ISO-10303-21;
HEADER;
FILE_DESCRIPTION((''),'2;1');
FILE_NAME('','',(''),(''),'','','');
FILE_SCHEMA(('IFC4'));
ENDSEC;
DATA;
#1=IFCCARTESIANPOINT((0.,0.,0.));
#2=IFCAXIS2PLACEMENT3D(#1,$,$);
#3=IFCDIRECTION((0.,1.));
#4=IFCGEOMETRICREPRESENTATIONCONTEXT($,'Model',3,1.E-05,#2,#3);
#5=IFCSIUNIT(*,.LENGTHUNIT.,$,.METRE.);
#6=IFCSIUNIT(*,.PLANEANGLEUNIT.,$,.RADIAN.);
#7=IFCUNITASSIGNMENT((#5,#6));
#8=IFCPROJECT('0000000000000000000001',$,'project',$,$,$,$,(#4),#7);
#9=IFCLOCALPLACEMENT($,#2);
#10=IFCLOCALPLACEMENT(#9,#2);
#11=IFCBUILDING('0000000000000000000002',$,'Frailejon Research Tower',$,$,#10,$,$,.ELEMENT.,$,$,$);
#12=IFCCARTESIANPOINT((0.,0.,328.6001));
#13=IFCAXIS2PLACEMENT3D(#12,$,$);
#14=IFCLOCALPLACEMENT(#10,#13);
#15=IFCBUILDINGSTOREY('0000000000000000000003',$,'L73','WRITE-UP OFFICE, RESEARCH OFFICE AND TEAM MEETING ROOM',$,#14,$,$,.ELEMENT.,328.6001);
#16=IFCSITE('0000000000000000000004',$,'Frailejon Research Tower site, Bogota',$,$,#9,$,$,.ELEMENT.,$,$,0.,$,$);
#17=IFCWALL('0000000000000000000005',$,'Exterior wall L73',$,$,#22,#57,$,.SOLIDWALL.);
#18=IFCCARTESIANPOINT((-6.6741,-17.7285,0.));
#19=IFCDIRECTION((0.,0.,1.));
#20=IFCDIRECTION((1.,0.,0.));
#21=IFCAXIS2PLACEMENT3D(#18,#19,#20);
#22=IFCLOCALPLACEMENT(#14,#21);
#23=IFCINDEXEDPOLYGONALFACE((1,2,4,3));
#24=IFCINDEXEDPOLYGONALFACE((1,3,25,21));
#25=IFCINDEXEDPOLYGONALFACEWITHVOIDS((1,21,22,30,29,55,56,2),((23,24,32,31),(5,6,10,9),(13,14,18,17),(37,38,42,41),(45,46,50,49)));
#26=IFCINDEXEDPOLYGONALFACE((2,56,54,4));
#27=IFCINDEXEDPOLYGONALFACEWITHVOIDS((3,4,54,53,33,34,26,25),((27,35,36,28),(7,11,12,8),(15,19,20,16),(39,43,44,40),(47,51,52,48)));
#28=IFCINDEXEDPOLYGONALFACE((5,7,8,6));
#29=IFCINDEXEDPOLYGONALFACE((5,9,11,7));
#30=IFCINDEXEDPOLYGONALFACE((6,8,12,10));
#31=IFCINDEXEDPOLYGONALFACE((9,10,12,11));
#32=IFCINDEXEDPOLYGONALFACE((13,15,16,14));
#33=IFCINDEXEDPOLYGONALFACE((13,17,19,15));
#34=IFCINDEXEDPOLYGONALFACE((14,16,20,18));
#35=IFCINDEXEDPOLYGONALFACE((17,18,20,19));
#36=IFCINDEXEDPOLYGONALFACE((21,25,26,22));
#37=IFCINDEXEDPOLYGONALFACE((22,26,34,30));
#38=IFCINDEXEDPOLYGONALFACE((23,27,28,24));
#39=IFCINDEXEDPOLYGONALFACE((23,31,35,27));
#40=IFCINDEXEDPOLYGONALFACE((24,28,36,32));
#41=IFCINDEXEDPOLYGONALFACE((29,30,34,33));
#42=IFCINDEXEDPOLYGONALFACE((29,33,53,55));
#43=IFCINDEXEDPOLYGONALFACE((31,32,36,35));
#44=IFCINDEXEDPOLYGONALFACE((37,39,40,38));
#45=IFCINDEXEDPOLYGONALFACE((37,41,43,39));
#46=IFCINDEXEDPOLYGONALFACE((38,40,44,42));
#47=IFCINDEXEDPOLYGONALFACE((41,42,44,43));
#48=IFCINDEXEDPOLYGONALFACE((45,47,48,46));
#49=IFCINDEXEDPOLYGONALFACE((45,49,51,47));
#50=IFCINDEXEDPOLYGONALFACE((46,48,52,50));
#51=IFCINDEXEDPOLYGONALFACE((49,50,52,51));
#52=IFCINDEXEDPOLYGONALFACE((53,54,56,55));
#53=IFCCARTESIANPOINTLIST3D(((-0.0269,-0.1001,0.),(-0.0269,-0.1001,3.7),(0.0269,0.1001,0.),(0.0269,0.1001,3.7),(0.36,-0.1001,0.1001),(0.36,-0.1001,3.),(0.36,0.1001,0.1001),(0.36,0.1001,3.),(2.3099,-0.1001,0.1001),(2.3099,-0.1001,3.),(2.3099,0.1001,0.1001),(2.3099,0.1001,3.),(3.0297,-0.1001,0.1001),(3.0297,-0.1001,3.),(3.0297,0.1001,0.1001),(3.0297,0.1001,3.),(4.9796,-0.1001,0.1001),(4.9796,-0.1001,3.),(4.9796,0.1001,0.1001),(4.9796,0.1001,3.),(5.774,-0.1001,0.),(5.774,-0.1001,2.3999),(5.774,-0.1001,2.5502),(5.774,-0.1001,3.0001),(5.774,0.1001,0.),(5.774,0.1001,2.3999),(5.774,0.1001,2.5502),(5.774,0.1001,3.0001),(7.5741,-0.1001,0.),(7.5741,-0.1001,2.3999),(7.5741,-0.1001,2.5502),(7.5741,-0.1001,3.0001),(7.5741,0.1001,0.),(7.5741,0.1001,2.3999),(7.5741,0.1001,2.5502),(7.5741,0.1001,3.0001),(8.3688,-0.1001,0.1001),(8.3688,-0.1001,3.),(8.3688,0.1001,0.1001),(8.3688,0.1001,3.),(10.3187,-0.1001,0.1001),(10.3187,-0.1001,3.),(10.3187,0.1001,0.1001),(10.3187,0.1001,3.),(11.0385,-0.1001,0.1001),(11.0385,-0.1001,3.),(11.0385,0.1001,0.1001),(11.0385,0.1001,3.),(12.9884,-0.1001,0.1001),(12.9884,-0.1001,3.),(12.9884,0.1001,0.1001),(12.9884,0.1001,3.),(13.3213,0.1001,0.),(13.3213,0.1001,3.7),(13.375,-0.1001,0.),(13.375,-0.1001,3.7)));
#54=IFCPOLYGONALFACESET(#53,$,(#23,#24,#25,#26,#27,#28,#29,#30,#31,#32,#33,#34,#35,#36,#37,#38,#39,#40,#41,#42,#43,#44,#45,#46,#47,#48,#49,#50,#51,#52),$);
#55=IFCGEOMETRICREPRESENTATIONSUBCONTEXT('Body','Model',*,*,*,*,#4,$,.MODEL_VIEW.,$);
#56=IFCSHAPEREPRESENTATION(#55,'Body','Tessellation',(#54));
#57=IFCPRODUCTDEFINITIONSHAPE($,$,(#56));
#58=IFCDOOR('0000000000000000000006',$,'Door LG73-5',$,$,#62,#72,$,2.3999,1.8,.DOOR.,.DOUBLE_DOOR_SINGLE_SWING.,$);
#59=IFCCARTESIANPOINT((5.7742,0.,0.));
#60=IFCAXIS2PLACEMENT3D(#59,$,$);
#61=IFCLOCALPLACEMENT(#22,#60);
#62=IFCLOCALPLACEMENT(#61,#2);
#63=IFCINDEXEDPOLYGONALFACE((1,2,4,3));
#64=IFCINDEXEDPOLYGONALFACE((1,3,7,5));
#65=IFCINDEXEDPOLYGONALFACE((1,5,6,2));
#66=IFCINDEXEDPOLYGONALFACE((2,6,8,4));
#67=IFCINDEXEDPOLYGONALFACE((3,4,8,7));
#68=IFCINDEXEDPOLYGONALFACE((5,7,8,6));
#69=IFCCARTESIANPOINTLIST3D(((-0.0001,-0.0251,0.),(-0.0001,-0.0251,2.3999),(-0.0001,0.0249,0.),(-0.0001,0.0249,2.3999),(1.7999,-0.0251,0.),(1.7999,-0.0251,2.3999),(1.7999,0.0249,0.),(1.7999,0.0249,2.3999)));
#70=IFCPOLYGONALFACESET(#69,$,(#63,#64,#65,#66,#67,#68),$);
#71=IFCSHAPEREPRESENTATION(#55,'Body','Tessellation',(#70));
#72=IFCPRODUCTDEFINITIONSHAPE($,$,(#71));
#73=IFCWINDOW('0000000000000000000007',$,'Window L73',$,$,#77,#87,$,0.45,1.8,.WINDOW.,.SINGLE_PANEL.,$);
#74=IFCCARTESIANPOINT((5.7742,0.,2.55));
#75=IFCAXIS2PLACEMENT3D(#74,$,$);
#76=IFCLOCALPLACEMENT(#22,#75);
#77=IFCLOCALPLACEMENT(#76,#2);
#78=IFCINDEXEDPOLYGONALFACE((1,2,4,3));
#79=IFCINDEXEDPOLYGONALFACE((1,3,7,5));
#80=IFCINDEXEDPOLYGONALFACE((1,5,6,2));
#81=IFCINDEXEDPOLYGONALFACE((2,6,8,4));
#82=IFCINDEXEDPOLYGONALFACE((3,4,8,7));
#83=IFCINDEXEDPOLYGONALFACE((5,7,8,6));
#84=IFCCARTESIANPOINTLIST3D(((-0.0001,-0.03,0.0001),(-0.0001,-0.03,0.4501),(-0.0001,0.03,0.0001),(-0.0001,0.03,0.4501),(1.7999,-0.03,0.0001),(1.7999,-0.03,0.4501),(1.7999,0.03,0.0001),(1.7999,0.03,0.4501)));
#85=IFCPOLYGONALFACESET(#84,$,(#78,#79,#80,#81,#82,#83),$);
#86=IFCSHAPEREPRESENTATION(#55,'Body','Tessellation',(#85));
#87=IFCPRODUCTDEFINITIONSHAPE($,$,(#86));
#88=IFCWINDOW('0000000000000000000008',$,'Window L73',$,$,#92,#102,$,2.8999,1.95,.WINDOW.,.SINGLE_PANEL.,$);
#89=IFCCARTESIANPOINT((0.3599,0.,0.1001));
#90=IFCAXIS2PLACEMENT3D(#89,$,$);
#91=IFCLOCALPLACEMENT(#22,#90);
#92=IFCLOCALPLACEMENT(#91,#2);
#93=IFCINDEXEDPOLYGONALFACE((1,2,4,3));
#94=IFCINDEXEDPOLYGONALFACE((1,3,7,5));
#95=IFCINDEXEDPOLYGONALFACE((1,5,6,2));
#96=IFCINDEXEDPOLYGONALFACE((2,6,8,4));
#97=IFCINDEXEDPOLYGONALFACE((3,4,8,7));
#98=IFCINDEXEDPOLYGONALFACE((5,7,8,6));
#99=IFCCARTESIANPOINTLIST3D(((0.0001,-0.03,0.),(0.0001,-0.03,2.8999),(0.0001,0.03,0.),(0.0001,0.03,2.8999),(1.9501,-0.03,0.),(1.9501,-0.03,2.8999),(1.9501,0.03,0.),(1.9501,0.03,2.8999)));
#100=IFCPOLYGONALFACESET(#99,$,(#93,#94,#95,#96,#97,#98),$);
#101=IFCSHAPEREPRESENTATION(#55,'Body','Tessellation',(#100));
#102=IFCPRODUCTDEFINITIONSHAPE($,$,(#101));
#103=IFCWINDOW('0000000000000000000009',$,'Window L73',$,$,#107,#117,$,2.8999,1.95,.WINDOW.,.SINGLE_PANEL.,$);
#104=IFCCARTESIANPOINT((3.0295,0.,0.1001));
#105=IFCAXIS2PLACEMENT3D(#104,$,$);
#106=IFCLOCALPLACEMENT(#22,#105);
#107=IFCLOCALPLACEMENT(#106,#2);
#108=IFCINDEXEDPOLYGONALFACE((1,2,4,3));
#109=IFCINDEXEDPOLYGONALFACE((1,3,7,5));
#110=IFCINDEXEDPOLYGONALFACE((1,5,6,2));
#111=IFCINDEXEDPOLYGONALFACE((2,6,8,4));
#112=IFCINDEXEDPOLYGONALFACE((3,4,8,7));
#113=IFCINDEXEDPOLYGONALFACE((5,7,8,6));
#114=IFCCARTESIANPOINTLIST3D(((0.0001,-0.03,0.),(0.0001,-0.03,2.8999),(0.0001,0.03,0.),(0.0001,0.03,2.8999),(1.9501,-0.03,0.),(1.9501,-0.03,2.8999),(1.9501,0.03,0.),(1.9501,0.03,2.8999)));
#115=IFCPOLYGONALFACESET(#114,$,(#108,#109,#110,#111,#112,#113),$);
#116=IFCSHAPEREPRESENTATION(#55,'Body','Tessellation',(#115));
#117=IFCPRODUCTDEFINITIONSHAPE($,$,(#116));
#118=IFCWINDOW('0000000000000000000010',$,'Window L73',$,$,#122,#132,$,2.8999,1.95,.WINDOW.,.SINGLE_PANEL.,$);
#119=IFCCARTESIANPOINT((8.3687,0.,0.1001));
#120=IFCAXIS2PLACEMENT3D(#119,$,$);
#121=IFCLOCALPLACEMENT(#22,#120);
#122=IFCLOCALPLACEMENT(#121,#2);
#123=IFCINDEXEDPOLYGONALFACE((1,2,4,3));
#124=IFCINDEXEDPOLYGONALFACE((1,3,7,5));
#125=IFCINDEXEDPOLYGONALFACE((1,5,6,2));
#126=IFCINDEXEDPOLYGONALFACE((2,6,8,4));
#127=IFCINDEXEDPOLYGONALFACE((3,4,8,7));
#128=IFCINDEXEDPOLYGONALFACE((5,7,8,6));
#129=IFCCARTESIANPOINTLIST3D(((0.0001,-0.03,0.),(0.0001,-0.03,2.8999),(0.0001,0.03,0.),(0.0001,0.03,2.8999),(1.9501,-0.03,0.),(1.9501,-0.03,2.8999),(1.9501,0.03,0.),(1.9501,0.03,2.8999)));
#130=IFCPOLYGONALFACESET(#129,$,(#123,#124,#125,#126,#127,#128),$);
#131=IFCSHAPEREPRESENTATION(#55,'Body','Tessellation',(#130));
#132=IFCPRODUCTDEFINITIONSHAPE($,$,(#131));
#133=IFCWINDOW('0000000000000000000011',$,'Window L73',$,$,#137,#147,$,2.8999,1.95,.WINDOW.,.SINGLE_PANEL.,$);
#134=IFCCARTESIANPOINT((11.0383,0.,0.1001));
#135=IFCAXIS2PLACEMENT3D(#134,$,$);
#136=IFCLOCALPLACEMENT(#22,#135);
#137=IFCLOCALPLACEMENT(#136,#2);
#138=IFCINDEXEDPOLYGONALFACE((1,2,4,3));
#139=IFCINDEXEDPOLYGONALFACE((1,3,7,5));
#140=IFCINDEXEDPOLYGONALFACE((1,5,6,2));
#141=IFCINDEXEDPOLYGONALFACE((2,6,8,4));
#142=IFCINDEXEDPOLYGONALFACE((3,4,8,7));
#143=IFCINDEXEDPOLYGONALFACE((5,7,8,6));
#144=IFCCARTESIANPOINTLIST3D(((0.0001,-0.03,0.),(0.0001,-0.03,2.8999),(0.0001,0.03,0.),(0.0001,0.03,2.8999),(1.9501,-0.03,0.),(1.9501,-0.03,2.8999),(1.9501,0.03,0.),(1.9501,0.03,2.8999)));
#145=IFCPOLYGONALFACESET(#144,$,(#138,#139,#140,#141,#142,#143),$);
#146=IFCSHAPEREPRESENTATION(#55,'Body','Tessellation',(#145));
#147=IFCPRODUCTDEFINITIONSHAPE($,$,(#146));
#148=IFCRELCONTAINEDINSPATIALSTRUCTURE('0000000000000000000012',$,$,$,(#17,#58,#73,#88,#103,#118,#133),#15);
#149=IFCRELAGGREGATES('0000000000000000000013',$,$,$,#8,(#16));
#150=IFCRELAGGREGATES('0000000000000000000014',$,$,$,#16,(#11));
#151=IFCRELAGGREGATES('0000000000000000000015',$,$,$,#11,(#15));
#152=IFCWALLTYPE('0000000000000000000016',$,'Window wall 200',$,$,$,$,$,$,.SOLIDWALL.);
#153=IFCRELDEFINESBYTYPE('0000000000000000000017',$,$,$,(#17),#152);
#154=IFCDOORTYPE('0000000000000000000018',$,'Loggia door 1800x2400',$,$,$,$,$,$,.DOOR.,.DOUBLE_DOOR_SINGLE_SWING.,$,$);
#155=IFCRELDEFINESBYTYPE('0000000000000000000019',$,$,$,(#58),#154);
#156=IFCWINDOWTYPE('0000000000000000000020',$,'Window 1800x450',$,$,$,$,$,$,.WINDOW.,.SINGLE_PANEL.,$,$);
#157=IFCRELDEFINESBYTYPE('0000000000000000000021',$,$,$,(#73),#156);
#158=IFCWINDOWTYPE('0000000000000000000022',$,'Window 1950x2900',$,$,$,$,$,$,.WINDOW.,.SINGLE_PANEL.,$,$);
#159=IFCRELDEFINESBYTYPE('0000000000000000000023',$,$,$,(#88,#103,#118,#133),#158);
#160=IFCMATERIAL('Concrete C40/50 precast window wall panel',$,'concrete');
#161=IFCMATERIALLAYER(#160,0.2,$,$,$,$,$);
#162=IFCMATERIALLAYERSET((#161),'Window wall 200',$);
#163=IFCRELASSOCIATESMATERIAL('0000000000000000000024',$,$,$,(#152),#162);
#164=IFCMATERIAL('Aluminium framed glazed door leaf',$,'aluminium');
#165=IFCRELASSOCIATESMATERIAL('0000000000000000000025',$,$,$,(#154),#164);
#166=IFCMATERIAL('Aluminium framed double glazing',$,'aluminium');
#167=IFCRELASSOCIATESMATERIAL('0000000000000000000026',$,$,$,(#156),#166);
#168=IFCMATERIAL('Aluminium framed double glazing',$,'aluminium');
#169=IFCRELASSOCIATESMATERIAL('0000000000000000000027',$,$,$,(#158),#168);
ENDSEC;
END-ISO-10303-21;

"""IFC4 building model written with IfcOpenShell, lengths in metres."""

from ifc_helpers import new_model, si_unit, direction, frame, frame_2d, origin, place, context, subcontext, project, spatial, polyline, rectangle, outline, extrude, material, layer, layer_set, type_object, element, fill, save


model = new_model("IFC4")

# Units and contexts
model_context = context("Model", 3, precision=1e-05, world=origin(), true_north=direction((0.0, 1.0)))
body_context = subcontext(model_context, "Body", "Model", "MODEL_VIEW")
ifc_project = project(units=[si_unit("LENGTHUNIT", "METRE"), si_unit("PLANEANGLEUNIT", "RADIAN")], contexts=[model_context])

# Site, building, storey
site_placement = place(None, origin())
site = spatial("IfcSite", under=ifc_project, at=site_placement, Name="Frailejon Research Tower site, Bogota", CompositionType="ELEMENT", RefElevation=0.0)
building_placement = place(site_placement, origin())
building = spatial("IfcBuilding", under=site, at=building_placement, Name="Frailejon Research Tower", CompositionType="ELEMENT")
storey_placement = place(building_placement, frame((0.0, 0.0, 328.6001)))
storey = spatial("IfcBuildingStorey", under=building, at=storey_placement, Name="L73", Description="WRITE-UP OFFICE, RESEARCH OFFICE AND TEAM MEETING ROOM", CompositionType="ELEMENT", Elevation=328.6001)

# Wall, openings, door, windows
ifc_material_1 = material(Name="Concrete C40/50 precast window wall panel", Category="concrete")
ifc_layer_1 = layer(ifc_material_1, 0.2)
ifc_layer_set_1 = layer_set([ifc_layer_1], Name="Window wall 200")
wall_type_1 = type_object("IfcWallType", Name="Window wall 200", PredefinedType="SOLIDWALL", material=ifc_layer_set_1)
wall_1_placement = place(storey_placement, frame((-6.6741, -17.7285, 0.0), z_axis=(0.0, 0.0, 1.0), x_axis=(1.0, 0.0, 0.0)))
wall_1 = element("IfcWall", 1, at=wall_1_placement, inside=storey, type_object=wall_type_1, Name="Exterior wall L73", PredefinedType="SOLIDWALL", context=body_context, shape_type="SweptSolid", body=[
    extrude(outline(polyline([(-0.0269, -0.1001), (1.0042, -0.1001), (2.0349, -0.1001), (3.0659, -0.1001), (4.0967, -0.1001), (5.1277, -0.1001), (6.1587, -0.1001), (7.1895, -0.1001), (8.2205, -0.1001), (9.2515, -0.1001), (10.2822, -0.1001), (11.3132, -0.1001), (12.344, -0.1001), (13.375, -0.1001), (13.3213, 0.1001), (12.2986, 0.1001), (11.2759, 0.1001), (10.2534, 0.1001), (9.2307, 0.1001), (8.208, 0.1001), (7.1853, 0.1001), (6.1628, 0.1001), (5.1401, 0.1001), (4.1174, 0.1001), (3.0947, 0.1001), (2.0723, 0.1001), (1.0496, 0.1001), (0.0269, 0.1001), (-0.0269, -0.1001)])), origin(), (0.0, 0.0, 1.0), 3.7),
])
opening_1_placement = place(wall_1_placement, frame((0.3599, 0.0, 0.1001)))
opening_1 = element("IfcOpeningElement", 2, at=opening_1_placement, cuts=wall_1, PredefinedType="OPENING", context=body_context, shape_type="SweptSolid", body=[
    extrude(rectangle(XDim=1.95, YDim=2.8999, at=frame_2d((0.9751, 1.45))), frame((0.0, 0.1099, 0.0), z_axis=(0.0, -1.0, 0.0), x_axis=(1.0, 0.0, 0.0)), (0.0, 0.0, 1.0), 0.22),
])
opening_2_placement = place(wall_1_placement, frame((3.0295, 0.0, 0.1001)))
opening_2 = element("IfcOpeningElement", 3, at=opening_2_placement, cuts=wall_1, PredefinedType="OPENING", context=body_context, shape_type="SweptSolid", body=[
    extrude(rectangle(XDim=1.95, YDim=2.8999, at=frame_2d((0.9751, 1.45))), frame((0.0, 0.1099, 0.0), z_axis=(0.0, -1.0, 0.0), x_axis=(1.0, 0.0, 0.0)), (0.0, 0.0, 1.0), 0.22),
])
opening_3_placement = place(wall_1_placement, frame((5.7742, 0.0, 0.0)))
opening_3 = element("IfcOpeningElement", 4, at=opening_3_placement, cuts=wall_1, PredefinedType="OPENING", context=body_context, shape_type="SweptSolid", body=[
    extrude(rectangle(XDim=1.8, YDim=2.3999, at=frame_2d((0.8999, 1.2))), frame((0.0, 0.1099, 0.0), z_axis=(0.0, -1.0, 0.0), x_axis=(1.0, 0.0, 0.0)), (0.0, 0.0, 1.0), 0.22),
])
opening_4_placement = place(wall_1_placement, frame((5.7742, 0.0, 2.55)))
opening_4 = element("IfcOpeningElement", 5, at=opening_4_placement, cuts=wall_1, PredefinedType="OPENING", context=body_context, shape_type="SweptSolid", body=[
    extrude(rectangle(XDim=1.8, YDim=0.45, at=frame_2d((0.8999, 0.2251))), frame((0.0, 0.1099, 0.0), z_axis=(0.0, -1.0, 0.0), x_axis=(1.0, 0.0, 0.0)), (0.0, 0.0, 1.0), 0.22),
])
opening_5_placement = place(wall_1_placement, frame((8.3687, 0.0, 0.1001)))
opening_5 = element("IfcOpeningElement", 6, at=opening_5_placement, cuts=wall_1, PredefinedType="OPENING", context=body_context, shape_type="SweptSolid", body=[
    extrude(rectangle(XDim=1.95, YDim=2.8999, at=frame_2d((0.9751, 1.45))), frame((0.0, 0.1099, 0.0), z_axis=(0.0, -1.0, 0.0), x_axis=(1.0, 0.0, 0.0)), (0.0, 0.0, 1.0), 0.22),
])
opening_6_placement = place(wall_1_placement, frame((11.0383, 0.0, 0.1001)))
opening_6 = element("IfcOpeningElement", 7, at=opening_6_placement, cuts=wall_1, PredefinedType="OPENING", context=body_context, shape_type="SweptSolid", body=[
    extrude(rectangle(XDim=1.95, YDim=2.8999, at=frame_2d((0.9751, 1.45))), frame((0.0, 0.1099, 0.0), z_axis=(0.0, -1.0, 0.0), x_axis=(1.0, 0.0, 0.0)), (0.0, 0.0, 1.0), 0.22),
])
ifc_material_2 = material(Name="Aluminium framed glazed door leaf", Category="aluminium")
door_type = type_object("IfcDoorType", Name="Loggia door 1800x2400", OperationType="DOUBLE_DOOR_SINGLE_SWING", PredefinedType="DOOR", material=ifc_material_2)
door_placement = place(opening_3_placement, origin())
door = element("IfcDoor", 8, at=door_placement, inside=storey, type_object=door_type, Name="Door LG73-5", OperationType="DOUBLE_DOOR_SINGLE_SWING", OverallHeight=2.3999, OverallWidth=1.8, PredefinedType="DOOR", context=body_context, shape_type="SweptSolid", body=[
    extrude(rectangle(XDim=1.8, YDim=2.3999, at=frame_2d((0.8999, 1.2))), frame((0.0, 0.0249, 0.0), z_axis=(0.0, -1.0, 0.0), x_axis=(1.0, 0.0, 0.0)), (0.0, 0.0, 1.0), 0.05),
])
fill(opening_3, door)
ifc_material_3 = material(Name="Aluminium framed double glazing", Category="aluminium")
window_type_1 = type_object("IfcWindowType", Name="Window 1800x450", PartitioningType="SINGLE_PANEL", PredefinedType="WINDOW", material=ifc_material_3)
window_1_placement = place(opening_4_placement, origin())
window_1 = element("IfcWindow", 9, at=window_1_placement, inside=storey, type_object=window_type_1, Name="Window L73", OverallHeight=0.45, OverallWidth=1.8, PartitioningType="SINGLE_PANEL", PredefinedType="WINDOW", context=body_context, shape_type="SweptSolid", body=[
    extrude(rectangle(XDim=1.8, YDim=0.45, at=frame_2d((0.8999, 0.2251))), frame((0.0, 0.03, 0.0), z_axis=(0.0, -1.0, 0.0), x_axis=(1.0, 0.0, 0.0)), (0.0, 0.0, 1.0), 0.0601),
])
fill(opening_4, window_1)
ifc_material_4 = material(Name="Aluminium framed double glazing", Category="aluminium")
window_type_2 = type_object("IfcWindowType", Name="Window 1950x2900", PartitioningType="SINGLE_PANEL", PredefinedType="WINDOW", material=ifc_material_4)
window_2_placement = place(opening_1_placement, origin())
window_2 = element("IfcWindow", 10, at=window_2_placement, inside=storey, type_object=window_type_2, Name="Window L73", OverallHeight=2.8999, OverallWidth=1.95, PartitioningType="SINGLE_PANEL", PredefinedType="WINDOW", context=body_context, shape_type="SweptSolid", body=[
    extrude(rectangle(XDim=1.95, YDim=2.8999, at=frame_2d((0.9751, 1.45))), frame((0.0, 0.03, 0.0), z_axis=(0.0, -1.0, 0.0), x_axis=(1.0, 0.0, 0.0)), (0.0, 0.0, 1.0), 0.0601),
])
fill(opening_1, window_2)
window_3_placement = place(opening_2_placement, origin())
window_3 = element("IfcWindow", 11, at=window_3_placement, inside=storey, type_object=window_type_2, Name="Window L73", OverallHeight=2.8999, OverallWidth=1.95, PartitioningType="SINGLE_PANEL", PredefinedType="WINDOW", context=body_context, shape_type="SweptSolid", body=[
    extrude(rectangle(XDim=1.95, YDim=2.8999, at=frame_2d((0.9751, 1.45))), frame((0.0, 0.03, 0.0), z_axis=(0.0, -1.0, 0.0), x_axis=(1.0, 0.0, 0.0)), (0.0, 0.0, 1.0), 0.0601),
])
fill(opening_2, window_3)
window_4_placement = place(opening_5_placement, origin())
window_4 = element("IfcWindow", 12, at=window_4_placement, inside=storey, type_object=window_type_2, Name="Window L73", OverallHeight=2.8999, OverallWidth=1.95, PartitioningType="SINGLE_PANEL", PredefinedType="WINDOW", context=body_context, shape_type="SweptSolid", body=[
    extrude(rectangle(XDim=1.95, YDim=2.8999, at=frame_2d((0.9751, 1.45))), frame((0.0, 0.03, 0.0), z_axis=(0.0, -1.0, 0.0), x_axis=(1.0, 0.0, 0.0)), (0.0, 0.0, 1.0), 0.0601),
])
fill(opening_5, window_4)
window_5_placement = place(opening_6_placement, origin())
window_5 = element("IfcWindow", 13, at=window_5_placement, inside=storey, type_object=window_type_2, Name="Window L73", OverallHeight=2.8999, OverallWidth=1.95, PartitioningType="SINGLE_PANEL", PredefinedType="WINDOW", context=body_context, shape_type="SweptSolid", body=[
    extrude(rectangle(XDim=1.95, YDim=2.8999, at=frame_2d((0.9751, 1.45))), frame((0.0, 0.03, 0.0), z_axis=(0.0, -1.0, 0.0), x_axis=(1.0, 0.0, 0.0)), (0.0, 0.0, 1.0), 0.0601),
])
fill(opening_6, window_5)

save(model, "model.ifc")
